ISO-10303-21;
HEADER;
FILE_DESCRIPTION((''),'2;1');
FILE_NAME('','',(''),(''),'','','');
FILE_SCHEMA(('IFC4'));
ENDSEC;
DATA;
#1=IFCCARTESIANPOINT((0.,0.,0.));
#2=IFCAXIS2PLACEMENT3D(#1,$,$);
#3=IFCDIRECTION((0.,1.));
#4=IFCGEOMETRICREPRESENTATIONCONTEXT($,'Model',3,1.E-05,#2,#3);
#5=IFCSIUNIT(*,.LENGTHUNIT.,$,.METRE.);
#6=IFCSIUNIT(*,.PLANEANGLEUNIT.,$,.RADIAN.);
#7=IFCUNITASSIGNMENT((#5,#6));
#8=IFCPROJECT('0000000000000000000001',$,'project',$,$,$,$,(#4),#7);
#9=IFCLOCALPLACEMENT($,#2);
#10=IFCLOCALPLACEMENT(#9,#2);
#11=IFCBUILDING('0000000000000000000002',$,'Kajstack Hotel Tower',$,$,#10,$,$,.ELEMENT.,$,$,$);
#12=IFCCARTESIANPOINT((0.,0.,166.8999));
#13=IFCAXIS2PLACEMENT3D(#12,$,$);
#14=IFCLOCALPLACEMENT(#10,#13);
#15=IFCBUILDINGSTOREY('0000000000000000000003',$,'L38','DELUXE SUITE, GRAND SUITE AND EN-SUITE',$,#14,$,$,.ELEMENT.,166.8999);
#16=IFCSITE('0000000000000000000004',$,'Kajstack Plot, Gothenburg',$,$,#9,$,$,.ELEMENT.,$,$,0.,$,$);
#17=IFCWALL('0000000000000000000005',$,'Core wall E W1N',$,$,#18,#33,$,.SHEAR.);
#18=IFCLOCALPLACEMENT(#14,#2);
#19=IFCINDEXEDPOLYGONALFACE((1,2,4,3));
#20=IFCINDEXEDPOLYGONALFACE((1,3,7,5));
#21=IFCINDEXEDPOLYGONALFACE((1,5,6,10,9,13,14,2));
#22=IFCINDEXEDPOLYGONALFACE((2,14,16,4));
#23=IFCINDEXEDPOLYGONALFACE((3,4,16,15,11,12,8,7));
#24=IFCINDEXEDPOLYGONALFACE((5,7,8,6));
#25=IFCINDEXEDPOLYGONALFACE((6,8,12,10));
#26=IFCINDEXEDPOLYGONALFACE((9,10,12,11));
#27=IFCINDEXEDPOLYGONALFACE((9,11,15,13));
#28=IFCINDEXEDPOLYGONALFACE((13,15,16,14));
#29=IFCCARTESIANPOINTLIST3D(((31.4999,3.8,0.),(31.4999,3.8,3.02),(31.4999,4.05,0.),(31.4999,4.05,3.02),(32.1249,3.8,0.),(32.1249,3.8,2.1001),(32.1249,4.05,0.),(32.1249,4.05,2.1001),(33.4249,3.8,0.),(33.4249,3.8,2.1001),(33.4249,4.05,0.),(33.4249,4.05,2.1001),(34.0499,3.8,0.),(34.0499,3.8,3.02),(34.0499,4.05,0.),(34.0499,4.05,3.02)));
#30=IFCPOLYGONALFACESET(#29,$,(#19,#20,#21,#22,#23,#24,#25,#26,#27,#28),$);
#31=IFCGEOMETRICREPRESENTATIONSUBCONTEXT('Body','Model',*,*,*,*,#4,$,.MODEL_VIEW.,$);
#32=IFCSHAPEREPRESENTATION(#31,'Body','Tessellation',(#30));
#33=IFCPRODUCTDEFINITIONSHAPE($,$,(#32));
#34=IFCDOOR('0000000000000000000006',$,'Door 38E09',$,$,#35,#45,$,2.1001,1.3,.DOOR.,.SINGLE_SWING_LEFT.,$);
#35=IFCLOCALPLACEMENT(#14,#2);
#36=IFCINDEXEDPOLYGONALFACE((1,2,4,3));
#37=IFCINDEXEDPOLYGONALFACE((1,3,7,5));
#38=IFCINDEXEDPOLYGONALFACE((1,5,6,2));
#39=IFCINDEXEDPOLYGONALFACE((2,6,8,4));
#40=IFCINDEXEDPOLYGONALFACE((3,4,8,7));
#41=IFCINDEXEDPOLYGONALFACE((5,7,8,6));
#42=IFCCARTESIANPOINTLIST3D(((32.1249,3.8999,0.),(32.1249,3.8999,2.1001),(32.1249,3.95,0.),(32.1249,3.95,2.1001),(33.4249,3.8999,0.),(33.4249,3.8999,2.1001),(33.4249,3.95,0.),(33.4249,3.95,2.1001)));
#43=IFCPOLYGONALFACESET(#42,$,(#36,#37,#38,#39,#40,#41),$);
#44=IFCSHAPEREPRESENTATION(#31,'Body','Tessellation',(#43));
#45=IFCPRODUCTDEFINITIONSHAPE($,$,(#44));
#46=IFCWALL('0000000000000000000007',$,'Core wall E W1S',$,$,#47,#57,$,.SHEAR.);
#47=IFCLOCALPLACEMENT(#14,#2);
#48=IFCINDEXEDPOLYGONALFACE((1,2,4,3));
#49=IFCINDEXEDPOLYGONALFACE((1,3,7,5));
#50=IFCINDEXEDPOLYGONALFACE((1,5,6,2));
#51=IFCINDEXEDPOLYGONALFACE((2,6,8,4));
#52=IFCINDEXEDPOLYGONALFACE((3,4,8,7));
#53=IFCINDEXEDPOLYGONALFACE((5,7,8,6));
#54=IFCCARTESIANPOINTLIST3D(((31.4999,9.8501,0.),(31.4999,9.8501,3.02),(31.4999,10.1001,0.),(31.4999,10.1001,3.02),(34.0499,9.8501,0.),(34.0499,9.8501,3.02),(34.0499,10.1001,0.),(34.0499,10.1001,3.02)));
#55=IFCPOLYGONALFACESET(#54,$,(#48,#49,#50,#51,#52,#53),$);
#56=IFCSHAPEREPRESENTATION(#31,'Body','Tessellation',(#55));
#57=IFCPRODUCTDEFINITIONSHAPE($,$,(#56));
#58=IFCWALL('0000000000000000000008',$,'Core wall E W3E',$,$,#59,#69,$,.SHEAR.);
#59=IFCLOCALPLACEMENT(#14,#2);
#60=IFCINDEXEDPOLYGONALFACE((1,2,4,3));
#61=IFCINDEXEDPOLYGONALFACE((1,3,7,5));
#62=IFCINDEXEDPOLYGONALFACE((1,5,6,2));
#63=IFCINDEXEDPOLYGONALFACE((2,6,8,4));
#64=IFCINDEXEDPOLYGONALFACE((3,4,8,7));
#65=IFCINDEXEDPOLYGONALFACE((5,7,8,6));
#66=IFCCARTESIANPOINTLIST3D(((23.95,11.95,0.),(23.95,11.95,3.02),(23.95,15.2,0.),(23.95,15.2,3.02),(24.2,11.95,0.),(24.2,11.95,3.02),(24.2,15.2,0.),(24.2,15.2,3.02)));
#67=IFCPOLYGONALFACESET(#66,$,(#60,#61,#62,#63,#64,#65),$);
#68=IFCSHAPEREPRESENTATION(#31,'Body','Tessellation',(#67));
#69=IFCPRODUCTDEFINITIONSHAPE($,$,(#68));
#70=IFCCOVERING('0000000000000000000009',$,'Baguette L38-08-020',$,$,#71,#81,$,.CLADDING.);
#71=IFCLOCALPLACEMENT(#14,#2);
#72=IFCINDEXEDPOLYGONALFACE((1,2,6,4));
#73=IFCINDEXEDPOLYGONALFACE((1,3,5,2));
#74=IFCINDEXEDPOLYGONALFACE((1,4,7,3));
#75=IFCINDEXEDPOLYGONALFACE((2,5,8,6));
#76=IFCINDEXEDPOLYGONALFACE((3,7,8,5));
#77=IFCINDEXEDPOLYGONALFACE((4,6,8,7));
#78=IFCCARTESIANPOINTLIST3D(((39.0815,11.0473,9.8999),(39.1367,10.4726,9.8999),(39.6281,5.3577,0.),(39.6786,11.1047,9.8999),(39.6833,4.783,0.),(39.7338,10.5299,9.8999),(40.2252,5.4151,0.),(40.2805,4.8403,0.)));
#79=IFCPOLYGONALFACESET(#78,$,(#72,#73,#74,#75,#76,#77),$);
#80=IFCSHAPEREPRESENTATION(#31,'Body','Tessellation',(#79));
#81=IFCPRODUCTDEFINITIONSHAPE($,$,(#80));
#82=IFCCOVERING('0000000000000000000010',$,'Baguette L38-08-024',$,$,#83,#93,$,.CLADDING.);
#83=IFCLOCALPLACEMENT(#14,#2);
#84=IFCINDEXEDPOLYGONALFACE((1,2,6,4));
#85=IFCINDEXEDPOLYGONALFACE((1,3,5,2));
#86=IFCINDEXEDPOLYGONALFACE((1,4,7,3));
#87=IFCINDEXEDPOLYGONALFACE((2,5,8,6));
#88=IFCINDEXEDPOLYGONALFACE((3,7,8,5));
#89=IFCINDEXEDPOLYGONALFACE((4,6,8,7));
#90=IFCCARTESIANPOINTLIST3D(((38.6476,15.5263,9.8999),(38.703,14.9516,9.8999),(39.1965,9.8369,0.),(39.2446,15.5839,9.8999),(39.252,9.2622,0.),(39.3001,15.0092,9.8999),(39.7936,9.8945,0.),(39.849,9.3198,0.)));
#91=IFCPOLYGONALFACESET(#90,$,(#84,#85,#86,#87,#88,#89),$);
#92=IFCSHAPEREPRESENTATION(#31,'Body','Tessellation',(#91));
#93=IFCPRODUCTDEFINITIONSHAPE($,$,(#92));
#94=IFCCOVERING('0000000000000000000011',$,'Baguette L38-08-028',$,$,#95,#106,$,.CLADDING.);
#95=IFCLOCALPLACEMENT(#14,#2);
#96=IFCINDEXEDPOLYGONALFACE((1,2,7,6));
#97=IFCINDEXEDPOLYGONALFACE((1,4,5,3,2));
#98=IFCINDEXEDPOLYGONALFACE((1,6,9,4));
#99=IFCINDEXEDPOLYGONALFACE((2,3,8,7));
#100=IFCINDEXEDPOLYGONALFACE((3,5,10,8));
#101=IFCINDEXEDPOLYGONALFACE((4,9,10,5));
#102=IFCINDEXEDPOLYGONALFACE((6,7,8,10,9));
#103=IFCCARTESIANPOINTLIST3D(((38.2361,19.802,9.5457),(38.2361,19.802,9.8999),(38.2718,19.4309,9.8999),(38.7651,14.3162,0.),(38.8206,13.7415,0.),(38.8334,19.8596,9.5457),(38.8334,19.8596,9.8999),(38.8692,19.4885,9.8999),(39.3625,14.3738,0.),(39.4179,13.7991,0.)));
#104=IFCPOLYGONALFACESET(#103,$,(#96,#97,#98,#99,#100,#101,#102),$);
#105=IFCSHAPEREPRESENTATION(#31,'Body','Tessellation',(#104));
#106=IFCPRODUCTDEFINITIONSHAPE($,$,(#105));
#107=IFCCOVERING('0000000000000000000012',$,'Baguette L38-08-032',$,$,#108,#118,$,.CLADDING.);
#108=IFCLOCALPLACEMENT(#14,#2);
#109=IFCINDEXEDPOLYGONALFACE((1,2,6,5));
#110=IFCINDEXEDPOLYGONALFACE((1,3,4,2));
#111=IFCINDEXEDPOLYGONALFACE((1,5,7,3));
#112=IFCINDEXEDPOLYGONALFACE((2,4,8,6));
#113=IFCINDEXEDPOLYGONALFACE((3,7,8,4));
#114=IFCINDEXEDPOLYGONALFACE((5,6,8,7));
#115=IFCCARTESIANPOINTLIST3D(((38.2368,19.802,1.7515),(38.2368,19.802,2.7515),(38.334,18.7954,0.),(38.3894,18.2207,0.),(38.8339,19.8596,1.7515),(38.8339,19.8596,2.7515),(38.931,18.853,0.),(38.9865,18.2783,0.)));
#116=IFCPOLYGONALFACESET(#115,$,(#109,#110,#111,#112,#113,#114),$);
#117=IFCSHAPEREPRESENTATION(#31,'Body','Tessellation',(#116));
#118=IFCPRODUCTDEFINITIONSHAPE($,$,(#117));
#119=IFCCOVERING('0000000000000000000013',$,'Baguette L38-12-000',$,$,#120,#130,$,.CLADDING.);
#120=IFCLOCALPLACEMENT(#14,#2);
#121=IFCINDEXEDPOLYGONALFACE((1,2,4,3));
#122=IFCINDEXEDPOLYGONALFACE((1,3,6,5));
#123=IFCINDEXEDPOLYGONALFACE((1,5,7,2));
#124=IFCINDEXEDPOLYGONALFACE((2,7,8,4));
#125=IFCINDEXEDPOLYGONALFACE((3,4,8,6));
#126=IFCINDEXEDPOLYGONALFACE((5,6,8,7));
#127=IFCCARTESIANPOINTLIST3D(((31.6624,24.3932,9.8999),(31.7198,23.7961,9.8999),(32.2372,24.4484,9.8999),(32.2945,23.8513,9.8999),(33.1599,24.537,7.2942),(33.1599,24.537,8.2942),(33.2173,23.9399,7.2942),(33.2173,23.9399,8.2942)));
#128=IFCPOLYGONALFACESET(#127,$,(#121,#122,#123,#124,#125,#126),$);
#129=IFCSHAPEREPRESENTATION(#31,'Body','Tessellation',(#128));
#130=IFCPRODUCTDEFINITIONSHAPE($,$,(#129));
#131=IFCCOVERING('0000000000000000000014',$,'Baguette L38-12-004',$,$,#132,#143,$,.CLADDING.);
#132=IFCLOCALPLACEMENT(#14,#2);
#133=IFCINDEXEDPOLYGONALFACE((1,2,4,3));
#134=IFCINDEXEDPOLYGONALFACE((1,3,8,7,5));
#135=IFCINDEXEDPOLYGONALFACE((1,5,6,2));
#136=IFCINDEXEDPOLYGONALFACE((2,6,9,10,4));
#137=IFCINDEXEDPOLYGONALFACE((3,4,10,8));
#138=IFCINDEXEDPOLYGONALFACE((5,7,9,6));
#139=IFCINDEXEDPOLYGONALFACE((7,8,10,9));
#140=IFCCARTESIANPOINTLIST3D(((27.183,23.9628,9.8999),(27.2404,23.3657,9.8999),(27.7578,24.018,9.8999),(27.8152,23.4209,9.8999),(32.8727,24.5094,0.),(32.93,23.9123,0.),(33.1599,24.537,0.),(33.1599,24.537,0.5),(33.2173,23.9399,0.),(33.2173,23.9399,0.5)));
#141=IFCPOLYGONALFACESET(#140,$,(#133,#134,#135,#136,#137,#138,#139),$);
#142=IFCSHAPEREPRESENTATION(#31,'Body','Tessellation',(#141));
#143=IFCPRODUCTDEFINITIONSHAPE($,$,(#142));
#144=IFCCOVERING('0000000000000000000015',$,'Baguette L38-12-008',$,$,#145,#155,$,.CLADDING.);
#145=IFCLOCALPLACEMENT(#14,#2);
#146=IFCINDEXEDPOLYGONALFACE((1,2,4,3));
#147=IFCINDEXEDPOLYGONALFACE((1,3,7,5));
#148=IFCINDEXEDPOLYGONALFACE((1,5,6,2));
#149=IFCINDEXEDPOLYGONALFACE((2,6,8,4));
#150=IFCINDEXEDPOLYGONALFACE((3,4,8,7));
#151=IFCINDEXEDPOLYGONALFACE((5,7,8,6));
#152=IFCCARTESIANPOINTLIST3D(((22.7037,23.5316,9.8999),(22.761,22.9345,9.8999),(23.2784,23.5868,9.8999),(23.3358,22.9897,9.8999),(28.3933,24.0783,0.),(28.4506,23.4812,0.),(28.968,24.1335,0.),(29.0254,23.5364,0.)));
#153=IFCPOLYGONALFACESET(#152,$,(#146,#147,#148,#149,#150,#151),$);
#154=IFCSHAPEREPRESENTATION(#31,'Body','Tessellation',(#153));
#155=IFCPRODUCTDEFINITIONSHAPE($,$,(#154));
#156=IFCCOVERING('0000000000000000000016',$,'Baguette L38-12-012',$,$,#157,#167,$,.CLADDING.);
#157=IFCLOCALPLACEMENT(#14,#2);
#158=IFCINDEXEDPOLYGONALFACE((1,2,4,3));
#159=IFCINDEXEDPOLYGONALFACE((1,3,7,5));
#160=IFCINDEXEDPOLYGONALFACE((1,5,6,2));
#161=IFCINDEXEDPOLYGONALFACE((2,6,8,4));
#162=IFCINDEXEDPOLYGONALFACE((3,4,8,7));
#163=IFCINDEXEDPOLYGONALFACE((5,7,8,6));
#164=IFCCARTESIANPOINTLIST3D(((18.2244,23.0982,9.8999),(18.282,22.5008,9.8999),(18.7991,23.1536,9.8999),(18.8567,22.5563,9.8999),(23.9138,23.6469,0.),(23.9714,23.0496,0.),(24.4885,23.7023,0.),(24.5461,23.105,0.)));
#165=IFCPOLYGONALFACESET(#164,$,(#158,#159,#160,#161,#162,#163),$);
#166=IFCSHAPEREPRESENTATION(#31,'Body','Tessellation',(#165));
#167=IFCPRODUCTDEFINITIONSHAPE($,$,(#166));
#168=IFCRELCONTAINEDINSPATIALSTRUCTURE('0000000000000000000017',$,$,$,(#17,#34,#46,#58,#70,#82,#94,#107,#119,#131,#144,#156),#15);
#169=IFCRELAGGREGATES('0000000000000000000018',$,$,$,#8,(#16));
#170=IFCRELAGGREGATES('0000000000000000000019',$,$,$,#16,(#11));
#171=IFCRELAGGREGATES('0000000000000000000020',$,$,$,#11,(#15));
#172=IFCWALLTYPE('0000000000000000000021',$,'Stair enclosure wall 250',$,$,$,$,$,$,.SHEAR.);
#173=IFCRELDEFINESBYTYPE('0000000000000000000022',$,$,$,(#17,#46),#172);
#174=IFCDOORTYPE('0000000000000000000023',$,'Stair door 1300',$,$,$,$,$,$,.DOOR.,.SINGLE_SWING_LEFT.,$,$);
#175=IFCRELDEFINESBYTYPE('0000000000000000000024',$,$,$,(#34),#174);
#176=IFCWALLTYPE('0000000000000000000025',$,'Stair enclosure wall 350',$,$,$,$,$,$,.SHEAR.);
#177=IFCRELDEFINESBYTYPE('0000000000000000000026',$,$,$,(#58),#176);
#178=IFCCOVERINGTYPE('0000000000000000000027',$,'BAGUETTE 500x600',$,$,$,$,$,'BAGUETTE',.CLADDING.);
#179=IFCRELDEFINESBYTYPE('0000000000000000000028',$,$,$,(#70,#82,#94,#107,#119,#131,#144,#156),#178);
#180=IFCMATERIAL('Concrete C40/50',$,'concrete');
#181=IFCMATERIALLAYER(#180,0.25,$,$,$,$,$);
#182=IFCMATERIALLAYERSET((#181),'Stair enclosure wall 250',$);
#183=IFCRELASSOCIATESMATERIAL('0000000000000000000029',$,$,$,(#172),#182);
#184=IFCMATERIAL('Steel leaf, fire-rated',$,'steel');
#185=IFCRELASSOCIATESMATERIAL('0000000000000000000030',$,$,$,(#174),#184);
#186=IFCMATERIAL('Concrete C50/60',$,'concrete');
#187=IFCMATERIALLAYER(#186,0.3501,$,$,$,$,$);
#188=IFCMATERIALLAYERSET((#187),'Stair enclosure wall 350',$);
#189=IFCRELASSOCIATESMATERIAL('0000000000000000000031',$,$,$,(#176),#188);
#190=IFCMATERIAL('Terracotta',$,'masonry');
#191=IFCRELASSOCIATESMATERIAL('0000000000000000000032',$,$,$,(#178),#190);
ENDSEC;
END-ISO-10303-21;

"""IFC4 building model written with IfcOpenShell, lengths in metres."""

from ifc_helpers import new_model, si_unit, direction, frame, frame_2d, origin, origin_2d, place, context, subcontext, project, spatial, polyline, rectangle, outline, extrude, material, layer, layer_set, material_profile, profile_set, type_object, element, fill, save


model = new_model("IFC4")

# Units and contexts
model_context = context("Model", 3, precision=1e-05, world=origin(), true_north=direction((0.0, 1.0)))
body_context = subcontext(model_context, "Body", "Model", "MODEL_VIEW")
ifc_project = project(units=[si_unit("LENGTHUNIT", "METRE"), si_unit("PLANEANGLEUNIT", "RADIAN")], contexts=[model_context])

# Site, building, storey
site_placement = place(None, origin())
site = spatial("IfcSite", under=ifc_project, at=site_placement, Name="Kajstack Plot, Gothenburg", CompositionType="ELEMENT", RefElevation=0.0)
building_placement = place(site_placement, origin())
building = spatial("IfcBuilding", under=site, at=building_placement, Name="Kajstack Hotel Tower", CompositionType="ELEMENT")
storey_placement = place(building_placement, frame((0.0, 0.0, 166.8999)))
storey = spatial("IfcBuildingStorey", under=building, at=storey_placement, Name="L38", Description="DELUXE SUITE, GRAND SUITE AND EN-SUITE", CompositionType="ELEMENT", Elevation=166.8999)

# Shared definitions
ifc_material_1 = material(Name="Concrete C40/50", Category="concrete")
ifc_material_2 = material(Name="Concrete C50/60", Category="concrete")

# Wall, opening, door
ifc_layer_1 = layer(ifc_material_1, 0.25)
ifc_layer_set_1 = layer_set([ifc_layer_1], Name="Stair enclosure wall 250")
wall_type_1 = type_object("IfcWallType", Name="Stair enclosure wall 250", PredefinedType="SHEAR", material=ifc_layer_set_1)
wall_1_placement = place(storey_placement, frame((31.5, 3.925, 0.0), z_axis=(0.0, 0.0, 1.0), x_axis=(1.0, 0.0, 0.0)))
wall_1 = element("IfcWall", 1, at=wall_1_placement, inside=storey, type_object=wall_type_1, Name="Core wall E W1N", PredefinedType="SHEAR", context=body_context, shape_type="SweptSolid", body=[
    extrude(rectangle(XDim=2.55, YDim=0.25, at=frame_2d((1.2749, 0.0))), origin(), (0.0, 0.0, 1.0), 3.02),
])
opening_1_placement = place(wall_1_placement, frame((0.625, 0.0, 0.0)))
opening_1 = element("IfcOpeningElement", 2, at=opening_1_placement, cuts=wall_1, PredefinedType="OPENING", context=body_context, shape_type="SweptSolid", body=[
    extrude(rectangle(XDim=1.3, YDim=2.1001, at=frame_2d((0.6499, 1.05))), frame((0.0, 0.135, 0.0), z_axis=(0.0, -1.0, 0.0), x_axis=(1.0, 0.0, 0.0)), (0.0, 0.0, 1.0), 0.27),
])
ifc_material_3 = material(Name="Steel leaf, fire-rated", Category="steel")
door_type_1 = type_object("IfcDoorType", Name="Stair door 1300", OperationType="SINGLE_SWING_LEFT", PredefinedType="DOOR", material=ifc_material_3)
door_1_placement = place(opening_1_placement, origin())
door_1 = element("IfcDoor", 3, at=door_1_placement, inside=storey, type_object=door_type_1, Name="Door 38E09", OperationType="SINGLE_SWING_LEFT", OverallHeight=2.1001, OverallWidth=1.3, PredefinedType="DOOR", context=body_context, shape_type="SweptSolid", body=[
    extrude(rectangle(XDim=1.3, YDim=2.1001, at=frame_2d((0.6499, 1.05))), frame((0.0, 0.0249, 0.0), z_axis=(0.0, -1.0, 0.0), x_axis=(1.0, 0.0, 0.0)), (0.0, 0.0, 1.0), 0.05),
])
fill(opening_1, door_1)

# Walls
wall_2_placement = place(storey_placement, frame((31.5, 9.9751, 0.0), z_axis=(0.0, 0.0, 1.0), x_axis=(1.0, 0.0, 0.0)))
element("IfcWall", 4, at=wall_2_placement, inside=storey, type_object=wall_type_1, Name="Core wall E W1S", PredefinedType="SHEAR", context=body_context, shape_type="SweptSolid", body=[
    extrude(rectangle(XDim=2.55, YDim=0.25, at=frame_2d((1.2749, 0.0))), origin(), (0.0, 0.0, 1.0), 3.02),
])
ifc_layer_2 = layer(ifc_material_2, 0.3501)
ifc_layer_set_2 = layer_set([ifc_layer_2], Name="Stair enclosure wall 350")
wall_type_2 = type_object("IfcWallType", Name="Stair enclosure wall 350", PredefinedType="SHEAR", material=ifc_layer_set_2)
wall_3_placement = place(storey_placement, frame((24.075, 11.95, 0.0), z_axis=(0.0, 0.0, 1.0), x_axis=(0.0, 1.0, 0.0)))
element("IfcWall", 5, at=wall_3_placement, inside=storey, type_object=wall_type_2, Name="Core wall E W3E", PredefinedType="SHEAR", context=body_context, shape_type="SweptSolid", body=[
    extrude(rectangle(XDim=3.25, YDim=0.25, at=frame_2d((1.625, 0.0))), origin(), (0.0, 0.0, 1.0), 3.02),
])

# Coverings
ifc_material_4 = material(Name="Terracotta", Category="masonry")
ifc_material_profile = material_profile(ifc_material_4, rectangle(XDim=0.6001, YDim=0.5, at=origin_2d()), Name="Terracotta-clad concrete baguette 500 x 600")
ifc_profile_set = profile_set([ifc_material_profile], Name="Terracotta")
covering_type = type_object("IfcCoveringType", Name="BAGUETTE 500x600", ElementType="BAGUETTE", PredefinedType="CLADDING", material=ifc_profile_set)
for number, where, z_axis, x_axis, name in (
    (6, (39.6833, 4.783, 0.0), (0.995416, 0.095635, 0.0), (-0.095635, 0.995416, 0.0), "Baguette L38-08-020"),
    (7, (39.252, 9.2622, 0.0), (0.995378, 0.096038, 0.0), (-0.096038, 0.995378, 0.0), "Baguette L38-08-024"),
):
    element("IfcCovering", number, at=place(storey_placement, frame(where, z_axis=z_axis, x_axis=x_axis)), inside=storey, type_object=covering_type, Name=name, PredefinedType="CLADDING", context=body_context, shape_type="SweptSolid", body=[
        extrude(outline(polyline([(5.7158, 9.8999), (0.0, 0.0), (0.5774, 0.0), (6.2932, 9.8999), (5.7158, 9.8999)])), origin(), (0.0, 0.0, 1.0), 0.5999),
    ])
covering_1_placement = place(storey_placement, frame((38.8206, 13.7415, 0.0), z_axis=(0.995381, 0.095999, 0.0), x_axis=(-0.095999, 0.995381, 0.0)))
element("IfcCovering", 8, at=covering_1_placement, inside=storey, type_object=covering_type, Name="Baguette L38-08-028", PredefinedType="CLADDING", context=body_context, shape_type="SweptSolid", body=[
    extrude(outline(polyline([(0.5774, 0.0), (6.0886, 9.5457), (6.0886, 9.8999), (5.7158, 9.8999), (0.0, 0.0), (0.5774, 0.0)])), origin(), (0.0, 0.0, 1.0), 0.6001),
])
covering_2_placement = place(storey_placement, frame((38.3894, 18.2207, 0.0), z_axis=(0.995378, 0.096038, 0.0), x_axis=(-0.096038, 0.995378, 0.0)))
element("IfcCovering", 9, at=covering_2_placement, inside=storey, type_object=covering_type, Name="Baguette L38-08-032", PredefinedType="CLADDING", context=body_context, shape_type="SweptSolid", body=[
    extrude(outline(polyline([(0.5774, 0.0), (1.5886, 1.7515), (1.5886, 2.7515), (0.0, 0.0), (0.5774, 0.0)])), origin(), (0.0, 0.0, 1.0), 0.5999),
])
covering_3_placement = place(storey_placement, frame((33.2173, 23.9399, 0.0), z_axis=(-0.095635, 0.995416, 0.0), x_axis=(-0.995416, -0.095635, 0.0)))
element("IfcCovering", 10, at=covering_3_placement, inside=storey, type_object=covering_type, Name="Baguette L38-12-000", PredefinedType="CLADDING", context=body_context, shape_type="SweptSolid", body=[
    extrude(outline(polyline([(0.927, 9.8999), (0.0, 8.2942), (0.0, 7.2942), (1.5044, 9.8999), (0.927, 9.8999)])), origin(), (0.0, 0.0, 1.0), 0.5999),
])
covering_4_placement = place(storey_placement, frame((33.2173, 23.9399, 0.0), z_axis=(-0.095635, 0.995416, 0.0), x_axis=(-0.995416, -0.095635, 0.0)))
element("IfcCovering", 11, at=covering_4_placement, inside=storey, type_object=covering_type, Name="Baguette L38-12-004", PredefinedType="CLADDING", context=body_context, shape_type="SweptSolid", body=[
    extrude(outline(polyline([(5.427, 9.8999), (0.0, 0.5), (0.0, 0.0), (0.2886, 0.0), (6.0044, 9.8999), (5.427, 9.8999)])), origin(), (0.0, 0.0, 1.0), 0.5999),
])
covering_5_placement = place(storey_placement, frame((29.0254, 23.5364, 0.0), z_axis=(-0.095635, 0.995416, 0.0), x_axis=(-0.995416, -0.095635, 0.0)))
element("IfcCovering", 12, at=covering_5_placement, inside=storey, type_object=covering_type, Name="Baguette L38-12-008", PredefinedType="CLADDING", context=body_context, shape_type="SweptSolid", body=[
    extrude(outline(polyline([(5.7158, 9.8999), (0.0, 0.0), (0.5774, 0.0), (6.2932, 9.8999), (5.7158, 9.8999)])), origin(), (0.0, 0.0, 1.0), 0.5999),
])
covering_6_placement = place(storey_placement, frame((24.5461, 23.105, 0.0), z_axis=(-0.095999, 0.995381, 0.0), x_axis=(-0.995381, -0.095999, 0.0)))
element("IfcCovering", 13, at=covering_6_placement, inside=storey, type_object=covering_type, Name="Baguette L38-12-012", PredefinedType="CLADDING", context=body_context, shape_type="SweptSolid", body=[
    extrude(outline(polyline([(5.7158, 9.8999), (0.0, 0.0), (0.5774, 0.0), (6.2932, 9.8999), (5.7158, 9.8999)])), origin(), (0.0, 0.0, 1.0), 0.6001),
])

save(model, "model.ifc")
